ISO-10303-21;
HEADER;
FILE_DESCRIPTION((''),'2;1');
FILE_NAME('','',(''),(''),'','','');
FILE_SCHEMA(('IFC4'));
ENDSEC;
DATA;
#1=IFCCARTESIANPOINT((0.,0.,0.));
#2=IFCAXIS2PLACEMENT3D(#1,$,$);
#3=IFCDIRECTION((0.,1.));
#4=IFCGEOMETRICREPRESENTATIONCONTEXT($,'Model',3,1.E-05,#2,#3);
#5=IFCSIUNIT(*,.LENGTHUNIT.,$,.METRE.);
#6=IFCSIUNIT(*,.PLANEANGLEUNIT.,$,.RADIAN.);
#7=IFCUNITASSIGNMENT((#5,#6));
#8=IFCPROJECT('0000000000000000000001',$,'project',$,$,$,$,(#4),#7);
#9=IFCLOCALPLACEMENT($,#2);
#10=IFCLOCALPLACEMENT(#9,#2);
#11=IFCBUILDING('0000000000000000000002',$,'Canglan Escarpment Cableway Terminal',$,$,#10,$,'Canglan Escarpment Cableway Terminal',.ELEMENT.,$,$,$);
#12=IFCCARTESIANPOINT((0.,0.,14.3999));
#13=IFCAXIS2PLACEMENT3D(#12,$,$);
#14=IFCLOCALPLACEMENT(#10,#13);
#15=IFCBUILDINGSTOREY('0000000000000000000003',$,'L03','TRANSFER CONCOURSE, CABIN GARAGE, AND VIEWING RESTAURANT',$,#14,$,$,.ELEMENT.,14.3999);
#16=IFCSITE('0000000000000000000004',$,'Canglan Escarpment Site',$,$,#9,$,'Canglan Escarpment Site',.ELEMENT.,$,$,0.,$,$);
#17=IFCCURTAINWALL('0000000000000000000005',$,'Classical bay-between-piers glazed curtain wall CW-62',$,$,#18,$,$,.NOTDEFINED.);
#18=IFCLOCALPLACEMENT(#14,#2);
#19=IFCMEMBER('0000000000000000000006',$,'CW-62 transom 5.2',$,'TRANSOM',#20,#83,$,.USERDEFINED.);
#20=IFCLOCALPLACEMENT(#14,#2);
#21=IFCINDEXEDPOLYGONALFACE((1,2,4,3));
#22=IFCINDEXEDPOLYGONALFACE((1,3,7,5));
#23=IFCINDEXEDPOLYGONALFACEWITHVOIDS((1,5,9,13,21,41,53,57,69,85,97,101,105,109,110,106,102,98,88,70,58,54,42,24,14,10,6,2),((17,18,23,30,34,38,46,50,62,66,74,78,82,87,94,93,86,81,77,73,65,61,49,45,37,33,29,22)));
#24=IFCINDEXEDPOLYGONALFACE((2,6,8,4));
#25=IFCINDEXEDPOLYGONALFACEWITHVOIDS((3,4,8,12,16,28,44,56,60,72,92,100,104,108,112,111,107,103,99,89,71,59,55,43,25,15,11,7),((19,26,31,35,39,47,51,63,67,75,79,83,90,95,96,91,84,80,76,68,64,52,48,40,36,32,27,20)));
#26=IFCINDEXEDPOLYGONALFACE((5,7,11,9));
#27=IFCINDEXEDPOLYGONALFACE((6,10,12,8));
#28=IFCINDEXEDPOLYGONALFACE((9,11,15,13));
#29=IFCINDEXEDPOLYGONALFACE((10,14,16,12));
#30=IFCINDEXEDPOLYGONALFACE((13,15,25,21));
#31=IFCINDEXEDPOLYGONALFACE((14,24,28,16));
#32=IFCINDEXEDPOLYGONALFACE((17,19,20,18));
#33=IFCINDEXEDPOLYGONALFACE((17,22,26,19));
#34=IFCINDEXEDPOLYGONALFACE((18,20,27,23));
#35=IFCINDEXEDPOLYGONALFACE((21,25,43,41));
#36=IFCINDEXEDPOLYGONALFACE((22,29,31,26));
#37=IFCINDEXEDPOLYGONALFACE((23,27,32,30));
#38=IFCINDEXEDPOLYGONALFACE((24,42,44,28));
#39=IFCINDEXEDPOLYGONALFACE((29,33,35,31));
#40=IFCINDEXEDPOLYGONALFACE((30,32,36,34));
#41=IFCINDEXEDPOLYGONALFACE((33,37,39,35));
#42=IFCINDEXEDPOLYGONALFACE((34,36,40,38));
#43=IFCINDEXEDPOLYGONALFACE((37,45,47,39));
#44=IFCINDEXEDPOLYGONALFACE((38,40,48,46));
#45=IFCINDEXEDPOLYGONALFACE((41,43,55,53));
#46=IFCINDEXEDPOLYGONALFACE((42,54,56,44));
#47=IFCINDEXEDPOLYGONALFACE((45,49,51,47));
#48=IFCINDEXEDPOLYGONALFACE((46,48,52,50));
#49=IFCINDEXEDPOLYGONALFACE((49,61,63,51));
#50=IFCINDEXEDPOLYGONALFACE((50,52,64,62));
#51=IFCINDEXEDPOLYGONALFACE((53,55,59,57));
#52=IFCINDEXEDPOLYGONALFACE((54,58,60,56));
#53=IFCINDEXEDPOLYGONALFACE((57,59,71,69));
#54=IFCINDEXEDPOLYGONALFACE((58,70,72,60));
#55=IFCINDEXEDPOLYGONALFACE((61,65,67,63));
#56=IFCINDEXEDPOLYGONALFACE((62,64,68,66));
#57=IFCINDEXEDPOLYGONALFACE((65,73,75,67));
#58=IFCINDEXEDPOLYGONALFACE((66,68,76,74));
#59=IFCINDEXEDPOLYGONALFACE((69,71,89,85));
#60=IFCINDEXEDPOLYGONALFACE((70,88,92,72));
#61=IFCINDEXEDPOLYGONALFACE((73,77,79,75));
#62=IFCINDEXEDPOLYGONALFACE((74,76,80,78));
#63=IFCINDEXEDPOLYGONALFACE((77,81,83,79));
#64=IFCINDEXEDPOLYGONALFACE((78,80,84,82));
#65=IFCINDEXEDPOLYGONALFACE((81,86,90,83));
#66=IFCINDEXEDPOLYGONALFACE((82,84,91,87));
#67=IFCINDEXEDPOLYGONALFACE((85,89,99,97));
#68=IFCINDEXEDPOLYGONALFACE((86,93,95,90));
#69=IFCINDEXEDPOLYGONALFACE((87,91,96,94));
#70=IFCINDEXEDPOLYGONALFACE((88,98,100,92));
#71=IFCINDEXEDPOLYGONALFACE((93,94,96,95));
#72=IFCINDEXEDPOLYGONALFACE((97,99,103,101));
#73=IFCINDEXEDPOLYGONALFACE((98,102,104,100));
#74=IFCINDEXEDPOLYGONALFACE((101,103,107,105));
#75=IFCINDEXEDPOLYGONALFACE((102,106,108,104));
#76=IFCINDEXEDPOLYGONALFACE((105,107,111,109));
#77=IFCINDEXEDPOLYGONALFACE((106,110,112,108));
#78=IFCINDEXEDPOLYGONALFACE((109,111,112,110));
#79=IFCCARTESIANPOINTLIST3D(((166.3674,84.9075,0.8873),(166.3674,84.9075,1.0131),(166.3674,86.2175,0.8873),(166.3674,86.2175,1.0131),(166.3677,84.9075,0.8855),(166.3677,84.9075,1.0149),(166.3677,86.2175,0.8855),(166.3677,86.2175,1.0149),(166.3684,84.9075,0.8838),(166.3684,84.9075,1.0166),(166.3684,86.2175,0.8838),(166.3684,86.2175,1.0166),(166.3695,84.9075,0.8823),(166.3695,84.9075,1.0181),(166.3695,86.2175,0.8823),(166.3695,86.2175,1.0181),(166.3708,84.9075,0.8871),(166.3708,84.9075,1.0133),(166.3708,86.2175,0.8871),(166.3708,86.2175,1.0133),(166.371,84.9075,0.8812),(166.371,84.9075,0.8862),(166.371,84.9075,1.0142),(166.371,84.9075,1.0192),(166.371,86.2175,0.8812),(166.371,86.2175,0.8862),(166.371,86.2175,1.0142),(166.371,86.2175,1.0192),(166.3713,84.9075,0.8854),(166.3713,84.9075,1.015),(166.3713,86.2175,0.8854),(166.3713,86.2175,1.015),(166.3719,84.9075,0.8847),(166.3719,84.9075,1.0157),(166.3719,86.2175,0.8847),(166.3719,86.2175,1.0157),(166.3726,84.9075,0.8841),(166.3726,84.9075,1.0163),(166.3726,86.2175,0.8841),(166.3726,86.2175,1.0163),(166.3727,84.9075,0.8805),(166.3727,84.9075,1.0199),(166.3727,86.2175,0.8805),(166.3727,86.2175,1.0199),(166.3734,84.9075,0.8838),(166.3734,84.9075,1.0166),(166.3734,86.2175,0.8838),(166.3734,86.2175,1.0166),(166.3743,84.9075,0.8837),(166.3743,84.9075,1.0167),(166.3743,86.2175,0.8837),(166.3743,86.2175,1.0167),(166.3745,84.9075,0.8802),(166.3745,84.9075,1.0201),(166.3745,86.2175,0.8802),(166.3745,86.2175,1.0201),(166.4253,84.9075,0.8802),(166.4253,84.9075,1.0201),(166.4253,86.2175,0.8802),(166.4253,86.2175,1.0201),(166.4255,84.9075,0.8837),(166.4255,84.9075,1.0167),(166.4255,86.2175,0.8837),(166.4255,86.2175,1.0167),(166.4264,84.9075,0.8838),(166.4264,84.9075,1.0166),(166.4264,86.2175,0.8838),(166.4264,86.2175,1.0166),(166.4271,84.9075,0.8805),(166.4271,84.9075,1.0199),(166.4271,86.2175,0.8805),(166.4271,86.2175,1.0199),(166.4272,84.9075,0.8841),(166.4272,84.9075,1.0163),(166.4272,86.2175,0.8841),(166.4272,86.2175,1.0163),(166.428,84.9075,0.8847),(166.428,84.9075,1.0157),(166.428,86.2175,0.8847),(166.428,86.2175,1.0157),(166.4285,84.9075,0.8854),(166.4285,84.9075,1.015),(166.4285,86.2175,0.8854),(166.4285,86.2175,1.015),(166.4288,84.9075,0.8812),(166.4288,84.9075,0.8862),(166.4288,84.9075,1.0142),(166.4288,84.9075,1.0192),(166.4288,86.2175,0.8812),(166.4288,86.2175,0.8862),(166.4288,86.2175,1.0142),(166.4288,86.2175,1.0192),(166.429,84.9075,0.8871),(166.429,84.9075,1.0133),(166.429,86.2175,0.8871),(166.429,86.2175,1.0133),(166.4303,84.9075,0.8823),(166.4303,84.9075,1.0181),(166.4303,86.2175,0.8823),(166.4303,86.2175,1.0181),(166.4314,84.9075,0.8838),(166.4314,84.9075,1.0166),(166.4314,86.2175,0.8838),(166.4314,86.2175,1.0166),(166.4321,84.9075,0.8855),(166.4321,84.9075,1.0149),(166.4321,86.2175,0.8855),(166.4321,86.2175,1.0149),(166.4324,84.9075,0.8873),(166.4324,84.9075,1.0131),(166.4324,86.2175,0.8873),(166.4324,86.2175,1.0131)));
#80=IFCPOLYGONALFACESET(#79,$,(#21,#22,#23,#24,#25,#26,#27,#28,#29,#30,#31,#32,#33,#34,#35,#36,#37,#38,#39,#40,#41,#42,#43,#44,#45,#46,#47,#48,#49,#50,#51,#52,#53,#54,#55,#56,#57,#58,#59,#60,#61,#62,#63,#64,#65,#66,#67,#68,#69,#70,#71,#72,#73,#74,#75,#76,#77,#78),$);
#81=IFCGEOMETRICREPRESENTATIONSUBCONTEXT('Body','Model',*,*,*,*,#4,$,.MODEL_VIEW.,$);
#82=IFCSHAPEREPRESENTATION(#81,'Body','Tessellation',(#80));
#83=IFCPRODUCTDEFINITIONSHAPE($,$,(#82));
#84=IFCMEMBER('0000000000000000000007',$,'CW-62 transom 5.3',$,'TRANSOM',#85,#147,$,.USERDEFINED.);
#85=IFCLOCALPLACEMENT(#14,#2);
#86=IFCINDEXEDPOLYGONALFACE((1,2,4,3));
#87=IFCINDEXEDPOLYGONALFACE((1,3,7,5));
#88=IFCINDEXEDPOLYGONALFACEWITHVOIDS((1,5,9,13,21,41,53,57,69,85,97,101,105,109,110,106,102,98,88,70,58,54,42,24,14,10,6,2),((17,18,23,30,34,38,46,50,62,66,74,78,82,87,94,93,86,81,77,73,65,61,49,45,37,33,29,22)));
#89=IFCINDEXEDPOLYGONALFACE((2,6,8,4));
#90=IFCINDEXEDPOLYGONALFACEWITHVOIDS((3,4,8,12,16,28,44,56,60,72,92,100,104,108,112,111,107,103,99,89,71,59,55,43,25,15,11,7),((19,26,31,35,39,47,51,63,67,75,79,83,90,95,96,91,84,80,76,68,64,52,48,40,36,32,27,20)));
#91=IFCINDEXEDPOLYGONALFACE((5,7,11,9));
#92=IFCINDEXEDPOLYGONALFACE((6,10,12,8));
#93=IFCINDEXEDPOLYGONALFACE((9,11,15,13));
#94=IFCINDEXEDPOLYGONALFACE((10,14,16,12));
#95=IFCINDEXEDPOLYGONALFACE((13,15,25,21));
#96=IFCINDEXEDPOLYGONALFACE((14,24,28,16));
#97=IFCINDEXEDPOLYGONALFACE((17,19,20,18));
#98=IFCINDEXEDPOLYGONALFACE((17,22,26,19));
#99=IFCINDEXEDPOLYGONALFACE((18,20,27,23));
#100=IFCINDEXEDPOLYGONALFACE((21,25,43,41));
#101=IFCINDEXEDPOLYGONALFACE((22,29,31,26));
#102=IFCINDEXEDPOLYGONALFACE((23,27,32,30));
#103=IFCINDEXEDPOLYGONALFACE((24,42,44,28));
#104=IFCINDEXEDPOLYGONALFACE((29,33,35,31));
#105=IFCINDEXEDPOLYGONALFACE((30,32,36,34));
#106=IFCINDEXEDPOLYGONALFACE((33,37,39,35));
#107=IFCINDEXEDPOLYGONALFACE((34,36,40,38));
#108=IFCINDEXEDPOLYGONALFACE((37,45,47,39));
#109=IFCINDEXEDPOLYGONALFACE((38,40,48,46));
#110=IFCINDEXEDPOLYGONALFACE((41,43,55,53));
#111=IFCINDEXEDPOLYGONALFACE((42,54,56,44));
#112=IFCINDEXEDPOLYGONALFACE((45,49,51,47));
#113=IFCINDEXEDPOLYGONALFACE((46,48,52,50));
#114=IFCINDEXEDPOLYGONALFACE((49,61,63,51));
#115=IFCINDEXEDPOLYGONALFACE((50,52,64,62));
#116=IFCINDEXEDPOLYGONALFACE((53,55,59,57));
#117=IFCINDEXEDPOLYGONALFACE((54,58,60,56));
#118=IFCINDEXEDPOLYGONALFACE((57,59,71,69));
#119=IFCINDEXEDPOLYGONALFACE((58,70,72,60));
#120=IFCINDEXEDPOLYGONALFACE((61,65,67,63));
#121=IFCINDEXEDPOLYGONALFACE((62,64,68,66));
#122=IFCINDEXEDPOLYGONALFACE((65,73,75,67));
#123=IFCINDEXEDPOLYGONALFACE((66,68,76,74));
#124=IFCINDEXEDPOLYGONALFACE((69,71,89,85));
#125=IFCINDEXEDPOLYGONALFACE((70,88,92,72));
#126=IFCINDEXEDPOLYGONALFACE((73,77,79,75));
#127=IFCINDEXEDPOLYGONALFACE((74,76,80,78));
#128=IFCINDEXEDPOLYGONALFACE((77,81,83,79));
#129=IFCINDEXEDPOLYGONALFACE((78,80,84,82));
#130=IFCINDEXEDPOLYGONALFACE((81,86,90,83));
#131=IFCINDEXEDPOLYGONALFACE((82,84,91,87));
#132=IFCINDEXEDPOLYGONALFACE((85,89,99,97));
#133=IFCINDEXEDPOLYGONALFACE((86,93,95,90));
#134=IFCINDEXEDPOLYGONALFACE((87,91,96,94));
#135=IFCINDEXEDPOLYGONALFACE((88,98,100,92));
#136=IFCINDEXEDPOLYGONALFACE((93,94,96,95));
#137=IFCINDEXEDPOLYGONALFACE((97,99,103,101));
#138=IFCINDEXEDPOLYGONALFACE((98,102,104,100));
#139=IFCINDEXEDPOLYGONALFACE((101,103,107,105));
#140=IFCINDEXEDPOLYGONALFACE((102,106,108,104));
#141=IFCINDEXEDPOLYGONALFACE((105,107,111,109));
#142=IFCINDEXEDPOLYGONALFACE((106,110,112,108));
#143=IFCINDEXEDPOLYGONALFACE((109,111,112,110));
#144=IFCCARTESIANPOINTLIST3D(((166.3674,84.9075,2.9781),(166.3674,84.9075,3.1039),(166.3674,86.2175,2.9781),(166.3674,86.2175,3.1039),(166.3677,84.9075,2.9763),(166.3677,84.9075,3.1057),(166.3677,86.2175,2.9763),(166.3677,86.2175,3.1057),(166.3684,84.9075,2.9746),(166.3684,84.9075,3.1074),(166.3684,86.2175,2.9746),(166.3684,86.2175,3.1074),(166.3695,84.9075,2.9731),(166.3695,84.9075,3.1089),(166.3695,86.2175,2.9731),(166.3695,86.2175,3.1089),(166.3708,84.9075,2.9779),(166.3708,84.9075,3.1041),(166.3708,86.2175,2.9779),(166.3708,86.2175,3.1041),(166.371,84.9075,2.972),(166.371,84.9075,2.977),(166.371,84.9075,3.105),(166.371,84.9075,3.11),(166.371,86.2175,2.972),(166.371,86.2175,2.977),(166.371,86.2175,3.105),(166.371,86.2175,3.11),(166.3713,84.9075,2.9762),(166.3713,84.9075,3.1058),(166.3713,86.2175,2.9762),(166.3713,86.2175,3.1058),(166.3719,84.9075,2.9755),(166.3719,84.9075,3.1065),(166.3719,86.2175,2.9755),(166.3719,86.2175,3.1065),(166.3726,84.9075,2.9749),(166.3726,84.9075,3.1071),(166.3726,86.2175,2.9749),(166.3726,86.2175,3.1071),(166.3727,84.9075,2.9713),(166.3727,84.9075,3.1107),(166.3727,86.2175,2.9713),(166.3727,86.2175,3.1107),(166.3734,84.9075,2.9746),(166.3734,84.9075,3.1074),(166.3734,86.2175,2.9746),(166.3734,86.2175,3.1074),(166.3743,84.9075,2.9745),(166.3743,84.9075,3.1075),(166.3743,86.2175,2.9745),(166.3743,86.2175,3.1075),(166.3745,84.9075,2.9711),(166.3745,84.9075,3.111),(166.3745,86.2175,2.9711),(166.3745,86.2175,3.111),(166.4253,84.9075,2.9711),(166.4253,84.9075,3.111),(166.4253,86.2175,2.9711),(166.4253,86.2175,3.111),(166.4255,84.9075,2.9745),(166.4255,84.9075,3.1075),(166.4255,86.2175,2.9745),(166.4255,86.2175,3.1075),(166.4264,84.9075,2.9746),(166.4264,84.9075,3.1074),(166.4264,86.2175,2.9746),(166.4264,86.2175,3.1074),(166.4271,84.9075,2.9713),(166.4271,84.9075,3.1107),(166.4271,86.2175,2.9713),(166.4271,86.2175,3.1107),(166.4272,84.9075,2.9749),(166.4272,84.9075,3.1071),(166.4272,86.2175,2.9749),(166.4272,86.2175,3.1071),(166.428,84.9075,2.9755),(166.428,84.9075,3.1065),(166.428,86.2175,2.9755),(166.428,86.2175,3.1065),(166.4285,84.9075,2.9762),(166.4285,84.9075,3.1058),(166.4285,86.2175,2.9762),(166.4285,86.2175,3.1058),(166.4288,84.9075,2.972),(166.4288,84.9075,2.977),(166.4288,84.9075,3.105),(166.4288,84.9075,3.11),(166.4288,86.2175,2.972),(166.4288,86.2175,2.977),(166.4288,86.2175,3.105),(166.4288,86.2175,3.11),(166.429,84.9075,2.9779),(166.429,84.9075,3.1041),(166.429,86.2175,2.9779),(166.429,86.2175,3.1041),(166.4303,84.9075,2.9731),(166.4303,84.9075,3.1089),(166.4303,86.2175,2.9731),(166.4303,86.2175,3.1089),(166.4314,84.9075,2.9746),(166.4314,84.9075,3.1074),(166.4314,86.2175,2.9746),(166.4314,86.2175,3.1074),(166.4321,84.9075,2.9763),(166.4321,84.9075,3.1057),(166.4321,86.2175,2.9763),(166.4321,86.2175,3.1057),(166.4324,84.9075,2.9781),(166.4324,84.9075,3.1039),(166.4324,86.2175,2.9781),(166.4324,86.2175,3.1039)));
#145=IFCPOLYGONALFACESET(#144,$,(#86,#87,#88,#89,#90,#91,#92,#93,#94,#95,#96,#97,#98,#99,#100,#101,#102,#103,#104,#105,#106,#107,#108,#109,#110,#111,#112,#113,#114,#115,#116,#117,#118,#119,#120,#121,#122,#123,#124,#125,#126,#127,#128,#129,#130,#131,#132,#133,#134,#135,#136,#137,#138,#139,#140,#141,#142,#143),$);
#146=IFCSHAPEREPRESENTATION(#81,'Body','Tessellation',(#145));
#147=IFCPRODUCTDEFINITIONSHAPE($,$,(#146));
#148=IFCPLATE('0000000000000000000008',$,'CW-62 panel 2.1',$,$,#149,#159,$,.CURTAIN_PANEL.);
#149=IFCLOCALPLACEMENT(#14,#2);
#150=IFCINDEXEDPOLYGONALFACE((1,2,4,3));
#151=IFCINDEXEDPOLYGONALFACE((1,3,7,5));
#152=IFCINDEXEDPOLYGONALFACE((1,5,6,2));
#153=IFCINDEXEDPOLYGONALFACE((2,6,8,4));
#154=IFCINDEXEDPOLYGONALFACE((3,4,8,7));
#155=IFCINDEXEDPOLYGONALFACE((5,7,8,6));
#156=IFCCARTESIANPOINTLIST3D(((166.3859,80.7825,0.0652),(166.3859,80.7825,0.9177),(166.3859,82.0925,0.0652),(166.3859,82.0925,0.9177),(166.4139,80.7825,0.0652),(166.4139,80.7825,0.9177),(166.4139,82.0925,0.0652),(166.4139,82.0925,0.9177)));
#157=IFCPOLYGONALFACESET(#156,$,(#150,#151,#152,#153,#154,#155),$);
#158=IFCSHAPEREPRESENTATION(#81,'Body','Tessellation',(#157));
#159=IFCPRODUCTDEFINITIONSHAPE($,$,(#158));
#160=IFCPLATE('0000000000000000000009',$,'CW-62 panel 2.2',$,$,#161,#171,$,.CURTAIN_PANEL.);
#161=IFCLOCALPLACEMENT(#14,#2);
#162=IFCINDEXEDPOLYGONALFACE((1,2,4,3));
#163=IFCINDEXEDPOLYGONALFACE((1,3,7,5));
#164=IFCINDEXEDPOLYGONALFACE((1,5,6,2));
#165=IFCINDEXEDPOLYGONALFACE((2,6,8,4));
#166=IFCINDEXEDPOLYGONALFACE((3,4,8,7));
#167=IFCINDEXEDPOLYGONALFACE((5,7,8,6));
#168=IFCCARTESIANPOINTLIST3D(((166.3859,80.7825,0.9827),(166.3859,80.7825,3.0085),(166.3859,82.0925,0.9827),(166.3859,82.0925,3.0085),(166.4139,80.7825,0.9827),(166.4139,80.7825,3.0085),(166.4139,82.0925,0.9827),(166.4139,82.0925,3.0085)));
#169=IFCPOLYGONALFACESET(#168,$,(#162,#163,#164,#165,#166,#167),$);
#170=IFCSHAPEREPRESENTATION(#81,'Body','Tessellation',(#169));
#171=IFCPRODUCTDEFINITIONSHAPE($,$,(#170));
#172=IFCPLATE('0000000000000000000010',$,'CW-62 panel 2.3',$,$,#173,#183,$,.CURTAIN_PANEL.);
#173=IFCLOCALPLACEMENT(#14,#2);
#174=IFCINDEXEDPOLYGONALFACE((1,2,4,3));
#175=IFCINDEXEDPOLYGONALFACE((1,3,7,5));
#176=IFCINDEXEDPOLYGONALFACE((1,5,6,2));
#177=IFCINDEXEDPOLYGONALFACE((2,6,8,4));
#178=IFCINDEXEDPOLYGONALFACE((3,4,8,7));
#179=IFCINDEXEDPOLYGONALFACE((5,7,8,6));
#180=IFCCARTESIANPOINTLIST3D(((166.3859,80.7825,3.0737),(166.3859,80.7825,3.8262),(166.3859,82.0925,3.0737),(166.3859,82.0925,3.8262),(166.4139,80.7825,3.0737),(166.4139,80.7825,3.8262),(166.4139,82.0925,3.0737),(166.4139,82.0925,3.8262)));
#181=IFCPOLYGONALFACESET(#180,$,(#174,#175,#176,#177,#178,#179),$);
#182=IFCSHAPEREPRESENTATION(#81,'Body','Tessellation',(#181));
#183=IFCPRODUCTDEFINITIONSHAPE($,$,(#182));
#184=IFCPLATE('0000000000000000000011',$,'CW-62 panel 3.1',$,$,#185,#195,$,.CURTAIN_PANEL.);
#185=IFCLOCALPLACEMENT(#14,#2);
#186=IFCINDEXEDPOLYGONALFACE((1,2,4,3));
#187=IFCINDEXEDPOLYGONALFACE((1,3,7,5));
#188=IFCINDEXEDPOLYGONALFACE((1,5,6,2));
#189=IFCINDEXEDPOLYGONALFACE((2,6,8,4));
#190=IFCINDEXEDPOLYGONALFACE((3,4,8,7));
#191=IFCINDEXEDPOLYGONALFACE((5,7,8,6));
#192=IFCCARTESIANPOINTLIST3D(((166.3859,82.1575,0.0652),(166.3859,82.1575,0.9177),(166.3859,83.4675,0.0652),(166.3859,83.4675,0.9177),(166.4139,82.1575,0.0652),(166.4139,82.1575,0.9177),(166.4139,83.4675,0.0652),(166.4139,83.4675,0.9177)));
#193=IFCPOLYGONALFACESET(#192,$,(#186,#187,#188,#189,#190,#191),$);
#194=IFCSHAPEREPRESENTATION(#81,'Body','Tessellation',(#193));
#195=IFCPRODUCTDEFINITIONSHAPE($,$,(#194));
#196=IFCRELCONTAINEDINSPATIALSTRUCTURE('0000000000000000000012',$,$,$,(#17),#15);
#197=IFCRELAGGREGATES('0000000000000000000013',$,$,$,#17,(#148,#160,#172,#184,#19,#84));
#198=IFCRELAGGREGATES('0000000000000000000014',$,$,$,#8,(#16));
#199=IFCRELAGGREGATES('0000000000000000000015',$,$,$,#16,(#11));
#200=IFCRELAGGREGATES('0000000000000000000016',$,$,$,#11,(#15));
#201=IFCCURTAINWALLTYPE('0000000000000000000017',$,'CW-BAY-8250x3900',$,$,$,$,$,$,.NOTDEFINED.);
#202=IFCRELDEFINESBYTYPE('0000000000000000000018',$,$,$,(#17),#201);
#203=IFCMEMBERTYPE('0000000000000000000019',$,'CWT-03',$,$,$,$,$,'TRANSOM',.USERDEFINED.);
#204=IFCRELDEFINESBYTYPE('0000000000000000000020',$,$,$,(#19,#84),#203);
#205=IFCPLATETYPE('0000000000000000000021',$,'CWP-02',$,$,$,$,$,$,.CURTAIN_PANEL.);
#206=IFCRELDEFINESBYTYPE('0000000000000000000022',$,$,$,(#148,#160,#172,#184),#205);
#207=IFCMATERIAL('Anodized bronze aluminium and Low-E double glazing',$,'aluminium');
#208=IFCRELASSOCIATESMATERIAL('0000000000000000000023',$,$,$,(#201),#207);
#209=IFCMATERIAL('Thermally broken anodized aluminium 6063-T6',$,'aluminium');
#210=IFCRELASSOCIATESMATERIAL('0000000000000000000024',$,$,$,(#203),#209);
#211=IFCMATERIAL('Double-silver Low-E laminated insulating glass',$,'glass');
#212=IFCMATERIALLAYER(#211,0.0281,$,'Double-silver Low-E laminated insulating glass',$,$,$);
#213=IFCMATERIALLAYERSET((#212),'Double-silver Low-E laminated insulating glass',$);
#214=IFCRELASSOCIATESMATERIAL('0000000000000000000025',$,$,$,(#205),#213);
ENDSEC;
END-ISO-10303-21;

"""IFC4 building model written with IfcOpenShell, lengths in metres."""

from ifc_helpers import new_model, si_unit, direction, frame, origin, origin_2d, place, context, subcontext, project, spatial, rectangle, hollow_rectangle, extrude, material, layer, layer_set, material_profile, profile_set, type_object, element, aggregate, save


model = new_model("IFC4")

# Units and contexts
model_context = context("Model", 3, precision=1e-05, world=origin(), true_north=direction((0.0, 1.0)))
body_context = subcontext(model_context, "Body", "Model", "MODEL_VIEW")
ifc_project = project(units=[si_unit("LENGTHUNIT", "METRE"), si_unit("PLANEANGLEUNIT", "RADIAN")], contexts=[model_context])

# Site, building, storey
site_placement = place(None, origin())
site = spatial("IfcSite", under=ifc_project, at=site_placement, Name="Canglan Escarpment Site", LongName="Canglan Escarpment Site", CompositionType="ELEMENT", RefElevation=0.0)
building_placement = place(site_placement, origin())
building = spatial("IfcBuilding", under=site, at=building_placement, Name="Canglan Escarpment Cableway Terminal", LongName="Canglan Escarpment Cableway Terminal", CompositionType="ELEMENT")
storey_placement = place(building_placement, frame((0.0, 0.0, 14.3999)))
storey = spatial("IfcBuildingStorey", under=building, at=storey_placement, Name="L03", Description="TRANSFER CONCOURSE, CABIN GARAGE, AND VIEWING RESTAURANT", CompositionType="ELEMENT", Elevation=14.3999)

# Curtain wall, members, plates
ifc_material_1 = material(Name="Anodized bronze aluminium and Low-E double glazing", Category="aluminium")
curtain_wall_type = type_object("IfcCurtainWallType", Name="CW-BAY-8250x3900", PredefinedType="NOTDEFINED", material=ifc_material_1)
curtain_wall_placement = place(storey_placement, origin())
curtain_wall = element("IfcCurtainWall", 1, at=curtain_wall_placement, inside=storey, type_object=curtain_wall_type, Name="Classical bay-between-piers glazed curtain wall CW-62", PredefinedType="NOTDEFINED")
ifc_material_2 = material(Name="Thermally broken anodized aluminium 6063-T6", Category="aluminium")
ifc_material_profile_1 = material_profile(ifc_material_2, hollow_rectangle(XDim=0.0649, YDim=0.1399, WallThickness=0.0034, InnerFilletRadius=0.0034, OuterFilletRadius=0.0071, at=origin_2d()), Name="ALU-TRAN 65x140x3.5")
ifc_profile_set_1 = profile_set([ifc_material_profile_1], Name="Thermally broken anodized aluminium 6063-T6")
member_type_1 = type_object("IfcMemberType", Name="CWT-03", ElementType="TRANSOM", PredefinedType="USERDEFINED", material=ifc_profile_set_1)
member_1_placement = place(storey_placement, frame((166.3999, 84.9075, 0.9502), z_axis=(0.0, 1.0, 0.0), x_axis=(-1.0, 0.0, 0.0)))
member_1 = element("IfcMember", 2, at=member_1_placement, type_object=member_type_1, Name="CW-62 transom 5.2", ObjectType="TRANSOM", PredefinedType="USERDEFINED", context=body_context, shape_type="SweptSolid", body=[
    extrude(hollow_rectangle(XDim=0.0649, YDim=0.1399, WallThickness=0.0034, InnerFilletRadius=0.0034, OuterFilletRadius=0.0071, at=origin_2d()), origin(), (0.0, 0.0, 1.0), 1.3101),
])
member_2_placement = place(storey_placement, frame((166.3999, 84.9075, 3.041), z_axis=(0.0, 1.0, 0.0), x_axis=(-1.0, 0.0, 0.0)))
member_2 = element("IfcMember", 3, at=member_2_placement, type_object=member_type_1, Name="CW-62 transom 5.3", ObjectType="TRANSOM", PredefinedType="USERDEFINED", context=body_context, shape_type="SweptSolid", body=[
    extrude(hollow_rectangle(XDim=0.0649, YDim=0.1399, WallThickness=0.0034, InnerFilletRadius=0.0034, OuterFilletRadius=0.0071, at=origin_2d()), origin(), (0.0, 0.0, 1.0), 1.3101),
])
ifc_material_3 = material(Name="Double-silver Low-E laminated insulating glass", Category="glass")
ifc_layer_1 = layer(ifc_material_3, 0.0281, Name="Double-silver Low-E laminated insulating glass")
ifc_layer_set_1 = layer_set([ifc_layer_1], Name="Double-silver Low-E laminated insulating glass")
plate_type = type_object("IfcPlateType", Name="CWP-02", PredefinedType="CURTAIN_PANEL", material=ifc_layer_set_1)
plate_1_placement = place(storey_placement, frame((166.3999, 81.4375, 0.0652), z_axis=(0.0, 0.0, 1.0), x_axis=(0.0, 1.0, 0.0)))
plate_1 = element("IfcPlate", 4, at=plate_1_placement, type_object=plate_type, Name="CW-62 panel 2.1", PredefinedType="CURTAIN_PANEL", context=body_context, shape_type="SweptSolid", body=[
    extrude(rectangle(XDim=1.3101, YDim=0.0281, at=origin_2d()), origin(), (0.0, 0.0, 1.0), 0.8525),
])
plate_2_placement = place(storey_placement, frame((166.3999, 81.4375, 0.9827), z_axis=(0.0, 0.0, 1.0), x_axis=(0.0, 1.0, 0.0)))
plate_2 = element("IfcPlate", 5, at=plate_2_placement, type_object=plate_type, Name="CW-62 panel 2.2", PredefinedType="CURTAIN_PANEL", context=body_context, shape_type="SweptSolid", body=[
    extrude(rectangle(XDim=1.3101, YDim=0.0281, at=origin_2d()), origin(), (0.0, 0.0, 1.0), 2.0259),
])
plate_3_placement = place(storey_placement, frame((166.3999, 81.4375, 3.0737), z_axis=(0.0, 0.0, 1.0), x_axis=(0.0, 1.0, 0.0)))
plate_3 = element("IfcPlate", 6, at=plate_3_placement, type_object=plate_type, Name="CW-62 panel 2.3", PredefinedType="CURTAIN_PANEL", context=body_context, shape_type="SweptSolid", body=[
    extrude(rectangle(XDim=1.3101, YDim=0.0281, at=origin_2d()), origin(), (0.0, 0.0, 1.0), 0.7524),
])
plate_4_placement = place(storey_placement, frame((166.3999, 82.8125, 0.0652), z_axis=(0.0, 0.0, 1.0), x_axis=(0.0, 1.0, 0.0)))
plate_4 = element("IfcPlate", 7, at=plate_4_placement, type_object=plate_type, Name="CW-62 panel 3.1", PredefinedType="CURTAIN_PANEL", context=body_context, shape_type="SweptSolid", body=[
    extrude(rectangle(XDim=1.3101, YDim=0.0281, at=origin_2d()), origin(), (0.0, 0.0, 1.0), 0.8525),
])
aggregate(curtain_wall, [plate_1, plate_2, plate_3, plate_4, member_1, member_2])

save(model, "model.ifc")
